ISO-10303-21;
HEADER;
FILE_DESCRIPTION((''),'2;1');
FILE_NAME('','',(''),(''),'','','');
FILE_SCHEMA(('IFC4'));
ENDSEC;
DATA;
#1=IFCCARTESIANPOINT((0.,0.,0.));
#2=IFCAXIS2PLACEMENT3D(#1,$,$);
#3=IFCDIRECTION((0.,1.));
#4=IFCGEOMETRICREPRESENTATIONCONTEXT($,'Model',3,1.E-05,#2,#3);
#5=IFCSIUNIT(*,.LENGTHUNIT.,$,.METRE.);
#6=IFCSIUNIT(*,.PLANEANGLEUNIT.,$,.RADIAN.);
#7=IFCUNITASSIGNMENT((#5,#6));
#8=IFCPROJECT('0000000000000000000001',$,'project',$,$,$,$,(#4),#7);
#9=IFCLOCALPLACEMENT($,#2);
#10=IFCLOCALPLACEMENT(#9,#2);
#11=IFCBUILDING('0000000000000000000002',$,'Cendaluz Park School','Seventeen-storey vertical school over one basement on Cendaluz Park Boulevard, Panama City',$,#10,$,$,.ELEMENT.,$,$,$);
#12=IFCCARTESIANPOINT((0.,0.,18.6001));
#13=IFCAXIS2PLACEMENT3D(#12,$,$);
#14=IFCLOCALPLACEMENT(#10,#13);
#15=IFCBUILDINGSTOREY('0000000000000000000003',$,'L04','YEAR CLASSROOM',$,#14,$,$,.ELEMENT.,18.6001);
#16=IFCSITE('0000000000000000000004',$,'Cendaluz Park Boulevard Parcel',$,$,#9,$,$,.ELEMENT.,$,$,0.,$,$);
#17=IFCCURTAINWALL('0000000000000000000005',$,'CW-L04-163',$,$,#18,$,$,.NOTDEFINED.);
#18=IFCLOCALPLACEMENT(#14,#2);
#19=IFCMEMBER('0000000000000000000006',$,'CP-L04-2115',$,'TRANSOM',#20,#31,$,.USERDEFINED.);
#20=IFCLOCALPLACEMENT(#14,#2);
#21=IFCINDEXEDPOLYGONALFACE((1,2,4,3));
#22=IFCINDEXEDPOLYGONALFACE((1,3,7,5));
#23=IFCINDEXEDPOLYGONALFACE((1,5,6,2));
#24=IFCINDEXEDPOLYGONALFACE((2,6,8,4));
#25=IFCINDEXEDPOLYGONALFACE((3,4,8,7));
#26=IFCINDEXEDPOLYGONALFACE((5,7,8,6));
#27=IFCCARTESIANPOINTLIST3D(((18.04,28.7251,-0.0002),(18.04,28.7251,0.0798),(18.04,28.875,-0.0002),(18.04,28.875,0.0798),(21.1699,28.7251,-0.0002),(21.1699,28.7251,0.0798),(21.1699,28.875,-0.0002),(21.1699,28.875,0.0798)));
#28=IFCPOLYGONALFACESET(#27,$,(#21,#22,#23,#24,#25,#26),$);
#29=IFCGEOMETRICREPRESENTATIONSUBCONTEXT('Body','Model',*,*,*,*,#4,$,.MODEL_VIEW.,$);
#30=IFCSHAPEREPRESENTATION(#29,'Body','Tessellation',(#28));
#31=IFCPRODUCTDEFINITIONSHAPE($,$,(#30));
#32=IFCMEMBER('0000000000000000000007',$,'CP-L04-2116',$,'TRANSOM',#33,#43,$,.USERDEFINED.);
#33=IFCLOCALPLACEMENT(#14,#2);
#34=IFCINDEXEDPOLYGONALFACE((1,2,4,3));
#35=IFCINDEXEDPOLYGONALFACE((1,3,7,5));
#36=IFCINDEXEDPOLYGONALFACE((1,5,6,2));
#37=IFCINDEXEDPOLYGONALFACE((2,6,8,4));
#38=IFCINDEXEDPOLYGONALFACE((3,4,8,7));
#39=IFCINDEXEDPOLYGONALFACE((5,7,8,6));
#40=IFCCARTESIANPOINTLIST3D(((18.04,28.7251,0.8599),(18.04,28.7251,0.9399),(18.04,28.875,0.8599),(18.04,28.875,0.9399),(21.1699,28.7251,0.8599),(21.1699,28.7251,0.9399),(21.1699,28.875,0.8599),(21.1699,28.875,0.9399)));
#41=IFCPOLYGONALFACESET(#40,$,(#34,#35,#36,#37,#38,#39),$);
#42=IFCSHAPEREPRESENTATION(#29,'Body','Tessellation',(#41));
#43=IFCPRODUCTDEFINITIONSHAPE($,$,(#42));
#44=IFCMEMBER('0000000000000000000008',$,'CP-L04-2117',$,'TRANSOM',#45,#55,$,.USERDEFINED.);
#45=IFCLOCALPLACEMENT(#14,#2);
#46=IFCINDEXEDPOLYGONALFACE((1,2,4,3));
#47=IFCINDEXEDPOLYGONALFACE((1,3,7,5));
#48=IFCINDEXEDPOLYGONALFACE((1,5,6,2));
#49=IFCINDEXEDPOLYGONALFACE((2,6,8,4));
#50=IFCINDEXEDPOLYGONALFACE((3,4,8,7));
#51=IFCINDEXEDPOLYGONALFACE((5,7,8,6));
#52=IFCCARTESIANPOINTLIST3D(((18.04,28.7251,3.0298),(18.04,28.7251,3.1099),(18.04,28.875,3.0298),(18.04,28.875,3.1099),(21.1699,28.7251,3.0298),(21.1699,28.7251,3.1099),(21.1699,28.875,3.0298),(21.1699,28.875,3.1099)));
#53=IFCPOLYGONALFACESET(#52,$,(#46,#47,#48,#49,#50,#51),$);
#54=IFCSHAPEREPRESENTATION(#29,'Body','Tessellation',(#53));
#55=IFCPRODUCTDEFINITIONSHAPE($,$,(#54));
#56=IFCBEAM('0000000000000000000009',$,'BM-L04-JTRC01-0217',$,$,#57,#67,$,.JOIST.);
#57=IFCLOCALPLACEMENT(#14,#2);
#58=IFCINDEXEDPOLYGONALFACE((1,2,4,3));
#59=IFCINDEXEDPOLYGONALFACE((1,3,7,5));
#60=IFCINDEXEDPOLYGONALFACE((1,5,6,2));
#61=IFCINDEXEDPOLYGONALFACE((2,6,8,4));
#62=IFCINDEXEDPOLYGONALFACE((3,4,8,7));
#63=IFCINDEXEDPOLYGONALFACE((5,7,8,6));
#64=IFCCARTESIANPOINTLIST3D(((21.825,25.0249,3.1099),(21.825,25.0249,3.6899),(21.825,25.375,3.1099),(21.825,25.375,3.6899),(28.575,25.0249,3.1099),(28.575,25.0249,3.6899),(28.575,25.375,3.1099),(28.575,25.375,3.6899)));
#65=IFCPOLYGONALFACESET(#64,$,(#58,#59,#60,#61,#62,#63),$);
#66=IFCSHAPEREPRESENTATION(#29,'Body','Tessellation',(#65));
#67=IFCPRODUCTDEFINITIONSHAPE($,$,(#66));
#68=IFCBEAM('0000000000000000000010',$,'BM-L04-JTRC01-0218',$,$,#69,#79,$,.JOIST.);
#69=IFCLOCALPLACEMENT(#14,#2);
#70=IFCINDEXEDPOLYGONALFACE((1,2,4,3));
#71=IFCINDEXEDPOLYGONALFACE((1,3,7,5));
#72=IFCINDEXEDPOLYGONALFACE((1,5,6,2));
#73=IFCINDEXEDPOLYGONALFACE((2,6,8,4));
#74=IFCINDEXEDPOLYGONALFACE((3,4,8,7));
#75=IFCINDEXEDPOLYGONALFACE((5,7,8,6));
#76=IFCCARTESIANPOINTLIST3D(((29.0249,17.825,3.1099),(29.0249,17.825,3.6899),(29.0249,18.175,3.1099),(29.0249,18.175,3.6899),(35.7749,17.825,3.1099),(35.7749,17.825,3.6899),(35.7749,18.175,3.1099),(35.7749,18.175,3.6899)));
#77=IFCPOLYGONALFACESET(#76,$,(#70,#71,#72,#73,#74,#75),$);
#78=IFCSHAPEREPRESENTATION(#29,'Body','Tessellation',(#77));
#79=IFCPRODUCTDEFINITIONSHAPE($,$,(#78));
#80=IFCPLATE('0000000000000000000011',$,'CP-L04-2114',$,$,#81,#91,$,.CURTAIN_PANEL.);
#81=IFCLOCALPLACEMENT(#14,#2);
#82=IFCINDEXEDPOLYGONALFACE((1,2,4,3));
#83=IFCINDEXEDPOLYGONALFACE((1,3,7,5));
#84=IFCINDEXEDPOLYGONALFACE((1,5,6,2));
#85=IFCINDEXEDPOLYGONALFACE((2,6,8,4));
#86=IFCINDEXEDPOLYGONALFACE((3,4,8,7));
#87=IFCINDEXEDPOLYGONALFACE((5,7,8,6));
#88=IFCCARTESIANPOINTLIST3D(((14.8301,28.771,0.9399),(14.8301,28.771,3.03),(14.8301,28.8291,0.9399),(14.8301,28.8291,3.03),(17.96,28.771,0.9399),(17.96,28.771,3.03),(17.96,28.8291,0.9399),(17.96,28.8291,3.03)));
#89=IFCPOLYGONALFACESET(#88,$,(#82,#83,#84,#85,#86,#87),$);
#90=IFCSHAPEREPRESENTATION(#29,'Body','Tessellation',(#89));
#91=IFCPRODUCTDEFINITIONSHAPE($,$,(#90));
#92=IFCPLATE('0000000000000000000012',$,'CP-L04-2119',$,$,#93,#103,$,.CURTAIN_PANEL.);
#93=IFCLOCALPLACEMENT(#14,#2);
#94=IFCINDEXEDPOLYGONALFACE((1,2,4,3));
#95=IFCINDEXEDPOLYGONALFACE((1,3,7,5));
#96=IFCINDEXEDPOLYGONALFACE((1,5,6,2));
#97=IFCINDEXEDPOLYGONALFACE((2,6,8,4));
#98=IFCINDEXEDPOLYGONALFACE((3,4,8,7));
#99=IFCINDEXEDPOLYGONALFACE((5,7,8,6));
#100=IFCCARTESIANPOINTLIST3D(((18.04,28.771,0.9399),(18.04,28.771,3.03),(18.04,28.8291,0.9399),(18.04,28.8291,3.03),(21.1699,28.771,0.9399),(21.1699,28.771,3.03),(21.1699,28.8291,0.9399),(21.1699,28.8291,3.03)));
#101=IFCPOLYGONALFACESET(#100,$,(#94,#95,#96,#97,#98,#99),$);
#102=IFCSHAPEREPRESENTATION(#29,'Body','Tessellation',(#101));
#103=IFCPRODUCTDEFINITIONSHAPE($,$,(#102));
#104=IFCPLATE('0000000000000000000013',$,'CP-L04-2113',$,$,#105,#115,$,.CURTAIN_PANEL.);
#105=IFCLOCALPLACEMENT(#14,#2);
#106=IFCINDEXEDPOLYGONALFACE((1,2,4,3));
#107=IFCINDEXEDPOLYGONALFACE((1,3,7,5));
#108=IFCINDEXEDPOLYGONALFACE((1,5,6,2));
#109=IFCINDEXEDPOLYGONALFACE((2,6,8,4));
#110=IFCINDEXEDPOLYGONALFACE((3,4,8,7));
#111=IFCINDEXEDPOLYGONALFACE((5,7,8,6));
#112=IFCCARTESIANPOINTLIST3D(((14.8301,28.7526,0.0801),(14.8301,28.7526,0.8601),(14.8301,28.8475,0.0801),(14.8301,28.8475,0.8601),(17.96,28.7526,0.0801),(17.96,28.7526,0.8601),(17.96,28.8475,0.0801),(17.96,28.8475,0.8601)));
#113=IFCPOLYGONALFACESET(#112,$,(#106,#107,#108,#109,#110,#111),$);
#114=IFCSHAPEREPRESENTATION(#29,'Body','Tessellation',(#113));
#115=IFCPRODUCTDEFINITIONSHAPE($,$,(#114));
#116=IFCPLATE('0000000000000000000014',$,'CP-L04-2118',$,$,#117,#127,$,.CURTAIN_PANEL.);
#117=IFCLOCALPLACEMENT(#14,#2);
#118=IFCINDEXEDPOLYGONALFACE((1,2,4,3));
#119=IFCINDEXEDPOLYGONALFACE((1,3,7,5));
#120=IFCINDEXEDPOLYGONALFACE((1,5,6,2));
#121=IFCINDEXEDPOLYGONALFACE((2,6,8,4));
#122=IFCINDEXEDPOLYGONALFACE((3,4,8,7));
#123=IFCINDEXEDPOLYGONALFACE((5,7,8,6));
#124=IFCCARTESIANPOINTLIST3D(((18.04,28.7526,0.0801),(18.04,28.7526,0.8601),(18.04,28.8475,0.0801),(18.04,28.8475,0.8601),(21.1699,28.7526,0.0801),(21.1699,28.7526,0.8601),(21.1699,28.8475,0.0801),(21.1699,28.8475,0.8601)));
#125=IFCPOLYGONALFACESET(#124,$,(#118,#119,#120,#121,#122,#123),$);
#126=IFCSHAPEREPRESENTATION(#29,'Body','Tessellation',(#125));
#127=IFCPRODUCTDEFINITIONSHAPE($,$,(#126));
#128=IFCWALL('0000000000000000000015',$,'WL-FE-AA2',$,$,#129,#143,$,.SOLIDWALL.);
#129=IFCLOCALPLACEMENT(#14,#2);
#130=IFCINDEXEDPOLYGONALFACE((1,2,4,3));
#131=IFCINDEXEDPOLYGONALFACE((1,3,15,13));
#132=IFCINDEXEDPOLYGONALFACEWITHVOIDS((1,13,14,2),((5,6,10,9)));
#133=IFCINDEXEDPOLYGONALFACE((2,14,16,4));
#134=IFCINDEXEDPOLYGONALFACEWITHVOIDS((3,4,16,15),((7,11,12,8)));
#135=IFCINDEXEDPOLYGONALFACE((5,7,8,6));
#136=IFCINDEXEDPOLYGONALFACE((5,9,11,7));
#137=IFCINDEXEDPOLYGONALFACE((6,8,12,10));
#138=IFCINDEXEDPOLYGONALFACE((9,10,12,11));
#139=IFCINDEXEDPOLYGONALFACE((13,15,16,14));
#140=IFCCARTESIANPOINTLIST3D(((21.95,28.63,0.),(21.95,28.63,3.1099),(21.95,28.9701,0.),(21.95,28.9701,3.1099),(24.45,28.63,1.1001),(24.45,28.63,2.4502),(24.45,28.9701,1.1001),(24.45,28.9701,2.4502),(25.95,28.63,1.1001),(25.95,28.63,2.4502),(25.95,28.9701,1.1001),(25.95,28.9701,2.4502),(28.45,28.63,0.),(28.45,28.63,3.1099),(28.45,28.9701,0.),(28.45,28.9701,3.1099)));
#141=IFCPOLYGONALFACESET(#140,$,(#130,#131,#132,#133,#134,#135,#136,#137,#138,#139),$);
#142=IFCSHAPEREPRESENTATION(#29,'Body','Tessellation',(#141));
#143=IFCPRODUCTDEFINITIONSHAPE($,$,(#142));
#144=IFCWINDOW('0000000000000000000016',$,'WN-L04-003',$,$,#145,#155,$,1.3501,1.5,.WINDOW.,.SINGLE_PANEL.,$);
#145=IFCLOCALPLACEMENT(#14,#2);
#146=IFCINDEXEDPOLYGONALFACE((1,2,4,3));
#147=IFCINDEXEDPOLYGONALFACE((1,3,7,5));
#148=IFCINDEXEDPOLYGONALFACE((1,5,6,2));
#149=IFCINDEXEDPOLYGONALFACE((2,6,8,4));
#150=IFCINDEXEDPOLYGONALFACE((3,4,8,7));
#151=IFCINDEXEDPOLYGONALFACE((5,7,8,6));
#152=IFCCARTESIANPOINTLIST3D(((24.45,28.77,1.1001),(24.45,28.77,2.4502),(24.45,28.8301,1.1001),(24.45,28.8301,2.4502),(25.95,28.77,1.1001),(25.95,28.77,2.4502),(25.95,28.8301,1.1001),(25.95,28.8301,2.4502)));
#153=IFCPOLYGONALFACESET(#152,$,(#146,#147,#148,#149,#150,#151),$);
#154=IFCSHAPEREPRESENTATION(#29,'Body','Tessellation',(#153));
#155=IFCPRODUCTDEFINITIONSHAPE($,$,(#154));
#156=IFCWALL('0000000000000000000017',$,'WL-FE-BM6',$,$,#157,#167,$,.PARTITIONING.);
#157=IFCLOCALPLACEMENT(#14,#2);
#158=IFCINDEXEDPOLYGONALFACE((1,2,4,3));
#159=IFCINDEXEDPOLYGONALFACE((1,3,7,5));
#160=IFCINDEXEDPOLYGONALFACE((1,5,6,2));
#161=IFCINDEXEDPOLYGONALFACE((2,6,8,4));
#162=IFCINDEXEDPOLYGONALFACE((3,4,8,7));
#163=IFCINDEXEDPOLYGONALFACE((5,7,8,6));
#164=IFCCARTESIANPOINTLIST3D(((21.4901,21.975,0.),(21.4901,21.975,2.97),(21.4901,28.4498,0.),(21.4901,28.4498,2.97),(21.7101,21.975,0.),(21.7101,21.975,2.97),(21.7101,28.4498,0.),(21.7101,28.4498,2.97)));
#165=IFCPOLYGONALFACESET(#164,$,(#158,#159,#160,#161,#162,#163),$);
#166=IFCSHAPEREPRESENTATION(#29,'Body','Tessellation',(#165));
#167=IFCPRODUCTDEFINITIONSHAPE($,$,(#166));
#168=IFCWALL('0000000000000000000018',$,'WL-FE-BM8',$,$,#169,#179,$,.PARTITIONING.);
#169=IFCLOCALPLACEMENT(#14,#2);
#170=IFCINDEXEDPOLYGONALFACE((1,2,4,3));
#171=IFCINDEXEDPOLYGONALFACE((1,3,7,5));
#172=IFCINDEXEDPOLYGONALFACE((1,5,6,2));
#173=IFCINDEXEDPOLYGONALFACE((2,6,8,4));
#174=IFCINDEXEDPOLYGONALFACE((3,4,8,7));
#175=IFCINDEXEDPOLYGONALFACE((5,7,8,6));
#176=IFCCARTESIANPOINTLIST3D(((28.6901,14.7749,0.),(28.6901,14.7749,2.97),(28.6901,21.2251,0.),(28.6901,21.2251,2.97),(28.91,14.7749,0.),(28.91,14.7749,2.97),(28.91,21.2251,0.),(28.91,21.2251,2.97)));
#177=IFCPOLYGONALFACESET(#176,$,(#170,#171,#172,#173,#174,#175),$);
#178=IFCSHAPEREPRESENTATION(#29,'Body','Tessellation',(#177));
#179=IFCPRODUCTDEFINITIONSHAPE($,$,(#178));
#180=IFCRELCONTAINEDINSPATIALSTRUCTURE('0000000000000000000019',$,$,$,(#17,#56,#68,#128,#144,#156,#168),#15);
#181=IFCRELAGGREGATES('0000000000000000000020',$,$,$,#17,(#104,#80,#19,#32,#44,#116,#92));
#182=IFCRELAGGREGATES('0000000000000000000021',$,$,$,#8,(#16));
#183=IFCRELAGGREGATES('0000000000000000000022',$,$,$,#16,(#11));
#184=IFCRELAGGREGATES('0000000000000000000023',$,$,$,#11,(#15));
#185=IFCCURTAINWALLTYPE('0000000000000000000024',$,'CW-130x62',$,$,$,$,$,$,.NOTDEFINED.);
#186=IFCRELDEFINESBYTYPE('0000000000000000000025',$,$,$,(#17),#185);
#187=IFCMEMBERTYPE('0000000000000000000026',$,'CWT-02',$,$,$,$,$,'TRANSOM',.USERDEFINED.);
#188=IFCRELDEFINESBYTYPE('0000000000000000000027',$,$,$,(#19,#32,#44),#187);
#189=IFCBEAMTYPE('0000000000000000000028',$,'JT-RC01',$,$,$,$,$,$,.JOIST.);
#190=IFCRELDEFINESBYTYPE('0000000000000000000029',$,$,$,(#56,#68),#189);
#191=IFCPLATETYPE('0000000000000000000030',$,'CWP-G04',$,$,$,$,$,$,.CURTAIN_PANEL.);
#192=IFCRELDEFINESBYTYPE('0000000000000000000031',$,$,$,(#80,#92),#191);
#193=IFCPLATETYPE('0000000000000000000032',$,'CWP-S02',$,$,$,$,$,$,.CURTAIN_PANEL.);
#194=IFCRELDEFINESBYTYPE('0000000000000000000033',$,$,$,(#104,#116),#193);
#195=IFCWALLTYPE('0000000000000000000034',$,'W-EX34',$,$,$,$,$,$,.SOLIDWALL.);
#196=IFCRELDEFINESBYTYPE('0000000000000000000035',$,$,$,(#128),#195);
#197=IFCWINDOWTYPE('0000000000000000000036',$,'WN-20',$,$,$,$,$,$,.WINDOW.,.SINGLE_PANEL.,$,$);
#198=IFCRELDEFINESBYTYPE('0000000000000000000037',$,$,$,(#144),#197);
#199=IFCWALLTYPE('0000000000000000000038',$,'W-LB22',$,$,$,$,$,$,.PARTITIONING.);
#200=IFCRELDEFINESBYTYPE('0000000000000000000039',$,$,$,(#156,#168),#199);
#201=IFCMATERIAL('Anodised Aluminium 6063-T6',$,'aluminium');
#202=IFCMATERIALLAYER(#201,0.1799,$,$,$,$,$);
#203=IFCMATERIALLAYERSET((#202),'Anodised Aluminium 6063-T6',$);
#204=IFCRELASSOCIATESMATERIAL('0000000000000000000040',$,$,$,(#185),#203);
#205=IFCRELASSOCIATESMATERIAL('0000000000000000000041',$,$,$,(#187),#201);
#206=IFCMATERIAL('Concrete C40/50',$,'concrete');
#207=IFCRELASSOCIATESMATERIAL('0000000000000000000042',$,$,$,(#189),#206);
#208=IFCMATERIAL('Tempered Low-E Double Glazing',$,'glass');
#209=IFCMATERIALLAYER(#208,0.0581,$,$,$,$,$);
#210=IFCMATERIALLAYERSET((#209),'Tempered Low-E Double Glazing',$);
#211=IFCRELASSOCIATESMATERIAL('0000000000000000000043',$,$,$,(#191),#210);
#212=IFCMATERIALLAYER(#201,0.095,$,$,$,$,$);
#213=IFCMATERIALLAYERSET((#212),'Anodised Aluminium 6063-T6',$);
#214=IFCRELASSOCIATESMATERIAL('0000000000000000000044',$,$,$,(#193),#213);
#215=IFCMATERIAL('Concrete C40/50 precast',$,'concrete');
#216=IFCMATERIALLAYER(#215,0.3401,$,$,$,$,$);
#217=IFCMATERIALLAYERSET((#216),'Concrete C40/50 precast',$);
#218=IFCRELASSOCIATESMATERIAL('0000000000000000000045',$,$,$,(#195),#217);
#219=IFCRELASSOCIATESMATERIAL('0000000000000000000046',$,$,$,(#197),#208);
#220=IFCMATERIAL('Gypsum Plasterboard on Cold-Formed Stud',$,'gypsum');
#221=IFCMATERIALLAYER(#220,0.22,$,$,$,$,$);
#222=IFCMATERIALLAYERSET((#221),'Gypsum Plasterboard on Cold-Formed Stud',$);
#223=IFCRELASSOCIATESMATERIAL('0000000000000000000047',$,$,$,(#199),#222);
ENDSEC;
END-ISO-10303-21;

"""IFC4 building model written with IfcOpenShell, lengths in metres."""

from ifc_helpers import new_model, si_unit, direction, frame, frame_2d, origin, origin_2d, place, context, subcontext, project, spatial, rectangle, extrude, material, layer, layer_set, material_profile, profile_set, type_object, element, fill, aggregate, save


model = new_model("IFC4")

# Units and contexts
model_context = context("Model", 3, precision=1e-05, world=origin(), true_north=direction((0.0, 1.0)))
body_context = subcontext(model_context, "Body", "Model", "MODEL_VIEW")
ifc_project = project(units=[si_unit("LENGTHUNIT", "METRE"), si_unit("PLANEANGLEUNIT", "RADIAN")], contexts=[model_context])

# Site, building, storey
site_placement = place(None, origin())
site = spatial("IfcSite", under=ifc_project, at=site_placement, Name="Cendaluz Park Boulevard Parcel", CompositionType="ELEMENT", RefElevation=0.0)
building_placement = place(site_placement, origin())
building = spatial("IfcBuilding", under=site, at=building_placement, Name="Cendaluz Park School", Description="Seventeen-storey vertical school over one basement on Cendaluz Park Boulevard, Panama City", CompositionType="ELEMENT")
storey_placement = place(building_placement, frame((0.0, 0.0, 18.6001)))
storey = spatial("IfcBuildingStorey", under=building, at=storey_placement, Name="L04", Description="YEAR CLASSROOM", CompositionType="ELEMENT", Elevation=18.6001)

# Shared definitions
ifc_material_1 = material(Name="Concrete C40/50", Category="concrete")

# Curtain wall, members
ifc_material_2 = material(Name="Anodised Aluminium 6063-T6", Category="aluminium")
ifc_layer_1 = layer(ifc_material_2, 0.1799)
ifc_layer_set_1 = layer_set([ifc_layer_1], Name="Anodised Aluminium 6063-T6")
curtain_wall_type = type_object("IfcCurtainWallType", Name="CW-130x62", PredefinedType="NOTDEFINED", material=ifc_layer_set_1)
curtain_wall_placement = place(storey_placement, origin())
curtain_wall = element("IfcCurtainWall", 1, at=curtain_wall_placement, inside=storey, type_object=curtain_wall_type, Name="CW-L04-163", PredefinedType="NOTDEFINED")
ifc_material_profile_1 = material_profile(ifc_material_2, rectangle(XDim=0.1499, YDim=0.0801, at=origin_2d()), Name="CWT 150x80", Category="aluminium")
ifc_profile_set_1 = profile_set([ifc_material_profile_1], Name="Anodised Aluminium 6063-T6")
member_type_1 = type_object("IfcMemberType", Name="CWT-02", ElementType="TRANSOM", PredefinedType="USERDEFINED", material=ifc_profile_set_1)
member_1_placement = place(storey_placement, frame((18.04, 28.8, 0.0398), z_axis=(1.0, 0.0, 0.0), x_axis=(0.0, 1.0, 0.0)))
member_1 = element("IfcMember", 2, at=member_1_placement, type_object=member_type_1, Name="CP-L04-2115", ObjectType="TRANSOM", PredefinedType="USERDEFINED", context=body_context, shape_type="SweptSolid", body=[
    extrude(rectangle(XDim=0.1499, YDim=0.0801, at=origin_2d()), origin(), (0.0, 0.0, 1.0), 3.1299),
])
member_2_placement = place(storey_placement, frame((18.04, 28.8, 0.8999), z_axis=(1.0, 0.0, 0.0), x_axis=(0.0, 1.0, 0.0)))
member_2 = element("IfcMember", 3, at=member_2_placement, type_object=member_type_1, Name="CP-L04-2116", ObjectType="TRANSOM", PredefinedType="USERDEFINED", context=body_context, shape_type="SweptSolid", body=[
    extrude(rectangle(XDim=0.1499, YDim=0.0801, at=origin_2d()), origin(), (0.0, 0.0, 1.0), 3.1299),
])
member_3_placement = place(storey_placement, frame((18.04, 28.8, 3.0698), z_axis=(1.0, 0.0, 0.0), x_axis=(0.0, 1.0, 0.0)))
member_3 = element("IfcMember", 4, at=member_3_placement, type_object=member_type_1, Name="CP-L04-2117", ObjectType="TRANSOM", PredefinedType="USERDEFINED", context=body_context, shape_type="SweptSolid", body=[
    extrude(rectangle(XDim=0.1499, YDim=0.0801, at=origin_2d()), origin(), (0.0, 0.0, 1.0), 3.1299),
])

# Beams
ifc_material_profile_2 = material_profile(ifc_material_1, rectangle(XDim=0.3501, YDim=0.5801, at=origin_2d()), Name="RC 350x580", Category="concrete")
ifc_profile_set_2 = profile_set([ifc_material_profile_2], Name="Concrete C40/50")
beam_type_1 = type_object("IfcBeamType", Name="JT-RC01", PredefinedType="JOIST", material=ifc_profile_set_2)
for number, where, z_axis, x_axis, name in (
    (5, (21.825, 25.2, 3.3999), (1.0, 0.0, 0.0), (0.0, 1.0, 0.0), "BM-L04-JTRC01-0217"),
    (6, (29.0249, 18.0, 3.3999), (1.0, 0.0, 0.0), (0.0, 1.0, 0.0), "BM-L04-JTRC01-0218"),
):
    element("IfcBeam", number, at=place(storey_placement, frame(where, z_axis=z_axis, x_axis=x_axis)), inside=storey, type_object=beam_type_1, Name=name, PredefinedType="JOIST", context=body_context, shape_type="SweptSolid", body=[
        extrude(rectangle(XDim=0.3501, YDim=0.5801, at=origin_2d()), origin(), (0.0, 0.0, 1.0), 6.75),
    ])

# Plates
ifc_material_3 = material(Name="Tempered Low-E Double Glazing", Category="glass")
ifc_layer_2 = layer(ifc_material_3, 0.0581)
ifc_layer_set_2 = layer_set([ifc_layer_2], Name="Tempered Low-E Double Glazing")
plate_type_1 = type_object("IfcPlateType", Name="CWP-G04", PredefinedType="CURTAIN_PANEL", material=ifc_layer_set_2)
plate_1_placement = place(storey_placement, frame((16.395, 28.8, 0.9399), z_axis=(0.0, 0.0, 1.0), x_axis=(1.0, 0.0, 0.0)))
plate_1 = element("IfcPlate", 7, at=plate_1_placement, type_object=plate_type_1, Name="CP-L04-2114", PredefinedType="CURTAIN_PANEL", context=body_context, shape_type="SweptSolid", body=[
    extrude(rectangle(XDim=3.1299, YDim=0.0581, at=origin_2d()), origin(), (0.0, 0.0, 1.0), 2.0901),
])
plate_2_placement = place(storey_placement, frame((19.605, 28.8, 0.9399), z_axis=(0.0, 0.0, 1.0), x_axis=(1.0, 0.0, 0.0)))
plate_2 = element("IfcPlate", 8, at=plate_2_placement, type_object=plate_type_1, Name="CP-L04-2119", PredefinedType="CURTAIN_PANEL", context=body_context, shape_type="SweptSolid", body=[
    extrude(rectangle(XDim=3.1299, YDim=0.0581, at=origin_2d()), origin(), (0.0, 0.0, 1.0), 2.0901),
])
ifc_layer_3 = layer(ifc_material_2, 0.095)
ifc_layer_set_3 = layer_set([ifc_layer_3], Name="Anodised Aluminium 6063-T6")
plate_type_2 = type_object("IfcPlateType", Name="CWP-S02", PredefinedType="CURTAIN_PANEL", material=ifc_layer_set_3)
plate_3_placement = place(storey_placement, frame((16.395, 28.8, 0.0801), z_axis=(0.0, 0.0, 1.0), x_axis=(1.0, 0.0, 0.0)))
plate_3 = element("IfcPlate", 9, at=plate_3_placement, type_object=plate_type_2, Name="CP-L04-2113", PredefinedType="CURTAIN_PANEL", context=body_context, shape_type="SweptSolid", body=[
    extrude(rectangle(XDim=3.1299, YDim=0.095, at=origin_2d()), origin(), (0.0, 0.0, 1.0), 0.78),
])
plate_4_placement = place(storey_placement, frame((19.605, 28.8, 0.0801), z_axis=(0.0, 0.0, 1.0), x_axis=(1.0, 0.0, 0.0)))
plate_4 = element("IfcPlate", 10, at=plate_4_placement, type_object=plate_type_2, Name="CP-L04-2118", PredefinedType="CURTAIN_PANEL", context=body_context, shape_type="SweptSolid", body=[
    extrude(rectangle(XDim=3.1299, YDim=0.095, at=origin_2d()), origin(), (0.0, 0.0, 1.0), 0.78),
])
aggregate(curtain_wall, [plate_3, plate_1, member_1, member_2, member_3, plate_4, plate_2])

# Wall, opening, window
ifc_material_4 = material(Name="Concrete C40/50 precast", Category="concrete")
ifc_layer_4 = layer(ifc_material_4, 0.3401)
ifc_layer_set_4 = layer_set([ifc_layer_4], Name="Concrete C40/50 precast")
wall_type_1 = type_object("IfcWallType", Name="W-EX34", PredefinedType="SOLIDWALL", material=ifc_layer_set_4)
wall_1_placement = place(storey_placement, frame((21.95, 28.8, 0.0), z_axis=(0.0, 0.0, 1.0), x_axis=(1.0, 0.0, 0.0)))
wall_1 = element("IfcWall", 11, at=wall_1_placement, inside=storey, type_object=wall_type_1, Name="WL-FE-AA2", PredefinedType="SOLIDWALL", context=body_context, shape_type="SweptSolid", body=[
    extrude(rectangle(XDim=6.5, YDim=0.3401, at=frame_2d((3.25, 0.0))), origin(), (0.0, 0.0, 1.0), 3.1099),
])
opening_placement = place(wall_1_placement, frame((2.5, 0.0, 1.1001)))
opening = element("IfcOpeningElement", 12, at=opening_placement, cuts=wall_1, PredefinedType="OPENING", context=body_context, shape_type="SweptSolid", body=[
    extrude(rectangle(XDim=1.5, YDim=1.3501, at=frame_2d((0.75, 0.675))), frame((0.0, 0.1821, 0.0), z_axis=(0.0, -1.0, 0.0), x_axis=(1.0, 0.0, 0.0)), (0.0, 0.0, 1.0), 0.364),
])
window_type = type_object("IfcWindowType", Name="WN-20", PartitioningType="SINGLE_PANEL", PredefinedType="WINDOW", material=ifc_material_3)
window_placement = place(opening_placement, origin())
window = element("IfcWindow", 13, at=window_placement, inside=storey, type_object=window_type, Name="WN-L04-003", OverallHeight=1.3501, OverallWidth=1.5, PartitioningType="SINGLE_PANEL", PredefinedType="WINDOW", context=body_context, shape_type="SweptSolid", body=[
    extrude(rectangle(XDim=1.5, YDim=1.3501, at=frame_2d((0.75, 0.675))), frame((0.0, 0.03, 0.0), z_axis=(0.0, -1.0, 0.0), x_axis=(1.0, 0.0, 0.0)), (0.0, 0.0, 1.0), 0.0601),
])
fill(opening, window)

# Walls
ifc_material_5 = material(Name="Gypsum Plasterboard on Cold-Formed Stud", Category="gypsum")
ifc_layer_5 = layer(ifc_material_5, 0.22)
ifc_layer_set_5 = layer_set([ifc_layer_5], Name="Gypsum Plasterboard on Cold-Formed Stud")
wall_type_2 = type_object("IfcWallType", Name="W-LB22", PredefinedType="PARTITIONING", material=ifc_layer_set_5)
wall_2_placement = place(storey_placement, frame((21.6001, 21.9751, 0.0), z_axis=(0.0, 0.0, 1.0), x_axis=(0.0, 1.0, 0.0)))
element("IfcWall", 14, at=wall_2_placement, inside=storey, type_object=wall_type_2, Name="WL-FE-BM6", PredefinedType="PARTITIONING", context=body_context, shape_type="SweptSolid", body=[
    extrude(rectangle(XDim=6.4749, YDim=0.22, at=frame_2d((3.2373, 0.0))), origin(), (0.0, 0.0, 1.0), 2.97),
])
wall_3_placement = place(storey_placement, frame((28.8, 14.7749, 0.0), z_axis=(0.0, 0.0, 1.0), x_axis=(0.0, 1.0, 0.0)))
element("IfcWall", 15, at=wall_3_placement, inside=storey, type_object=wall_type_2, Name="WL-FE-BM8", PredefinedType="PARTITIONING", context=body_context, shape_type="SweptSolid", body=[
    extrude(rectangle(XDim=6.4502, YDim=0.22, at=frame_2d((3.2251, 0.0))), origin(), (0.0, 0.0, 1.0), 2.97),
])

save(model, "model.ifc")
